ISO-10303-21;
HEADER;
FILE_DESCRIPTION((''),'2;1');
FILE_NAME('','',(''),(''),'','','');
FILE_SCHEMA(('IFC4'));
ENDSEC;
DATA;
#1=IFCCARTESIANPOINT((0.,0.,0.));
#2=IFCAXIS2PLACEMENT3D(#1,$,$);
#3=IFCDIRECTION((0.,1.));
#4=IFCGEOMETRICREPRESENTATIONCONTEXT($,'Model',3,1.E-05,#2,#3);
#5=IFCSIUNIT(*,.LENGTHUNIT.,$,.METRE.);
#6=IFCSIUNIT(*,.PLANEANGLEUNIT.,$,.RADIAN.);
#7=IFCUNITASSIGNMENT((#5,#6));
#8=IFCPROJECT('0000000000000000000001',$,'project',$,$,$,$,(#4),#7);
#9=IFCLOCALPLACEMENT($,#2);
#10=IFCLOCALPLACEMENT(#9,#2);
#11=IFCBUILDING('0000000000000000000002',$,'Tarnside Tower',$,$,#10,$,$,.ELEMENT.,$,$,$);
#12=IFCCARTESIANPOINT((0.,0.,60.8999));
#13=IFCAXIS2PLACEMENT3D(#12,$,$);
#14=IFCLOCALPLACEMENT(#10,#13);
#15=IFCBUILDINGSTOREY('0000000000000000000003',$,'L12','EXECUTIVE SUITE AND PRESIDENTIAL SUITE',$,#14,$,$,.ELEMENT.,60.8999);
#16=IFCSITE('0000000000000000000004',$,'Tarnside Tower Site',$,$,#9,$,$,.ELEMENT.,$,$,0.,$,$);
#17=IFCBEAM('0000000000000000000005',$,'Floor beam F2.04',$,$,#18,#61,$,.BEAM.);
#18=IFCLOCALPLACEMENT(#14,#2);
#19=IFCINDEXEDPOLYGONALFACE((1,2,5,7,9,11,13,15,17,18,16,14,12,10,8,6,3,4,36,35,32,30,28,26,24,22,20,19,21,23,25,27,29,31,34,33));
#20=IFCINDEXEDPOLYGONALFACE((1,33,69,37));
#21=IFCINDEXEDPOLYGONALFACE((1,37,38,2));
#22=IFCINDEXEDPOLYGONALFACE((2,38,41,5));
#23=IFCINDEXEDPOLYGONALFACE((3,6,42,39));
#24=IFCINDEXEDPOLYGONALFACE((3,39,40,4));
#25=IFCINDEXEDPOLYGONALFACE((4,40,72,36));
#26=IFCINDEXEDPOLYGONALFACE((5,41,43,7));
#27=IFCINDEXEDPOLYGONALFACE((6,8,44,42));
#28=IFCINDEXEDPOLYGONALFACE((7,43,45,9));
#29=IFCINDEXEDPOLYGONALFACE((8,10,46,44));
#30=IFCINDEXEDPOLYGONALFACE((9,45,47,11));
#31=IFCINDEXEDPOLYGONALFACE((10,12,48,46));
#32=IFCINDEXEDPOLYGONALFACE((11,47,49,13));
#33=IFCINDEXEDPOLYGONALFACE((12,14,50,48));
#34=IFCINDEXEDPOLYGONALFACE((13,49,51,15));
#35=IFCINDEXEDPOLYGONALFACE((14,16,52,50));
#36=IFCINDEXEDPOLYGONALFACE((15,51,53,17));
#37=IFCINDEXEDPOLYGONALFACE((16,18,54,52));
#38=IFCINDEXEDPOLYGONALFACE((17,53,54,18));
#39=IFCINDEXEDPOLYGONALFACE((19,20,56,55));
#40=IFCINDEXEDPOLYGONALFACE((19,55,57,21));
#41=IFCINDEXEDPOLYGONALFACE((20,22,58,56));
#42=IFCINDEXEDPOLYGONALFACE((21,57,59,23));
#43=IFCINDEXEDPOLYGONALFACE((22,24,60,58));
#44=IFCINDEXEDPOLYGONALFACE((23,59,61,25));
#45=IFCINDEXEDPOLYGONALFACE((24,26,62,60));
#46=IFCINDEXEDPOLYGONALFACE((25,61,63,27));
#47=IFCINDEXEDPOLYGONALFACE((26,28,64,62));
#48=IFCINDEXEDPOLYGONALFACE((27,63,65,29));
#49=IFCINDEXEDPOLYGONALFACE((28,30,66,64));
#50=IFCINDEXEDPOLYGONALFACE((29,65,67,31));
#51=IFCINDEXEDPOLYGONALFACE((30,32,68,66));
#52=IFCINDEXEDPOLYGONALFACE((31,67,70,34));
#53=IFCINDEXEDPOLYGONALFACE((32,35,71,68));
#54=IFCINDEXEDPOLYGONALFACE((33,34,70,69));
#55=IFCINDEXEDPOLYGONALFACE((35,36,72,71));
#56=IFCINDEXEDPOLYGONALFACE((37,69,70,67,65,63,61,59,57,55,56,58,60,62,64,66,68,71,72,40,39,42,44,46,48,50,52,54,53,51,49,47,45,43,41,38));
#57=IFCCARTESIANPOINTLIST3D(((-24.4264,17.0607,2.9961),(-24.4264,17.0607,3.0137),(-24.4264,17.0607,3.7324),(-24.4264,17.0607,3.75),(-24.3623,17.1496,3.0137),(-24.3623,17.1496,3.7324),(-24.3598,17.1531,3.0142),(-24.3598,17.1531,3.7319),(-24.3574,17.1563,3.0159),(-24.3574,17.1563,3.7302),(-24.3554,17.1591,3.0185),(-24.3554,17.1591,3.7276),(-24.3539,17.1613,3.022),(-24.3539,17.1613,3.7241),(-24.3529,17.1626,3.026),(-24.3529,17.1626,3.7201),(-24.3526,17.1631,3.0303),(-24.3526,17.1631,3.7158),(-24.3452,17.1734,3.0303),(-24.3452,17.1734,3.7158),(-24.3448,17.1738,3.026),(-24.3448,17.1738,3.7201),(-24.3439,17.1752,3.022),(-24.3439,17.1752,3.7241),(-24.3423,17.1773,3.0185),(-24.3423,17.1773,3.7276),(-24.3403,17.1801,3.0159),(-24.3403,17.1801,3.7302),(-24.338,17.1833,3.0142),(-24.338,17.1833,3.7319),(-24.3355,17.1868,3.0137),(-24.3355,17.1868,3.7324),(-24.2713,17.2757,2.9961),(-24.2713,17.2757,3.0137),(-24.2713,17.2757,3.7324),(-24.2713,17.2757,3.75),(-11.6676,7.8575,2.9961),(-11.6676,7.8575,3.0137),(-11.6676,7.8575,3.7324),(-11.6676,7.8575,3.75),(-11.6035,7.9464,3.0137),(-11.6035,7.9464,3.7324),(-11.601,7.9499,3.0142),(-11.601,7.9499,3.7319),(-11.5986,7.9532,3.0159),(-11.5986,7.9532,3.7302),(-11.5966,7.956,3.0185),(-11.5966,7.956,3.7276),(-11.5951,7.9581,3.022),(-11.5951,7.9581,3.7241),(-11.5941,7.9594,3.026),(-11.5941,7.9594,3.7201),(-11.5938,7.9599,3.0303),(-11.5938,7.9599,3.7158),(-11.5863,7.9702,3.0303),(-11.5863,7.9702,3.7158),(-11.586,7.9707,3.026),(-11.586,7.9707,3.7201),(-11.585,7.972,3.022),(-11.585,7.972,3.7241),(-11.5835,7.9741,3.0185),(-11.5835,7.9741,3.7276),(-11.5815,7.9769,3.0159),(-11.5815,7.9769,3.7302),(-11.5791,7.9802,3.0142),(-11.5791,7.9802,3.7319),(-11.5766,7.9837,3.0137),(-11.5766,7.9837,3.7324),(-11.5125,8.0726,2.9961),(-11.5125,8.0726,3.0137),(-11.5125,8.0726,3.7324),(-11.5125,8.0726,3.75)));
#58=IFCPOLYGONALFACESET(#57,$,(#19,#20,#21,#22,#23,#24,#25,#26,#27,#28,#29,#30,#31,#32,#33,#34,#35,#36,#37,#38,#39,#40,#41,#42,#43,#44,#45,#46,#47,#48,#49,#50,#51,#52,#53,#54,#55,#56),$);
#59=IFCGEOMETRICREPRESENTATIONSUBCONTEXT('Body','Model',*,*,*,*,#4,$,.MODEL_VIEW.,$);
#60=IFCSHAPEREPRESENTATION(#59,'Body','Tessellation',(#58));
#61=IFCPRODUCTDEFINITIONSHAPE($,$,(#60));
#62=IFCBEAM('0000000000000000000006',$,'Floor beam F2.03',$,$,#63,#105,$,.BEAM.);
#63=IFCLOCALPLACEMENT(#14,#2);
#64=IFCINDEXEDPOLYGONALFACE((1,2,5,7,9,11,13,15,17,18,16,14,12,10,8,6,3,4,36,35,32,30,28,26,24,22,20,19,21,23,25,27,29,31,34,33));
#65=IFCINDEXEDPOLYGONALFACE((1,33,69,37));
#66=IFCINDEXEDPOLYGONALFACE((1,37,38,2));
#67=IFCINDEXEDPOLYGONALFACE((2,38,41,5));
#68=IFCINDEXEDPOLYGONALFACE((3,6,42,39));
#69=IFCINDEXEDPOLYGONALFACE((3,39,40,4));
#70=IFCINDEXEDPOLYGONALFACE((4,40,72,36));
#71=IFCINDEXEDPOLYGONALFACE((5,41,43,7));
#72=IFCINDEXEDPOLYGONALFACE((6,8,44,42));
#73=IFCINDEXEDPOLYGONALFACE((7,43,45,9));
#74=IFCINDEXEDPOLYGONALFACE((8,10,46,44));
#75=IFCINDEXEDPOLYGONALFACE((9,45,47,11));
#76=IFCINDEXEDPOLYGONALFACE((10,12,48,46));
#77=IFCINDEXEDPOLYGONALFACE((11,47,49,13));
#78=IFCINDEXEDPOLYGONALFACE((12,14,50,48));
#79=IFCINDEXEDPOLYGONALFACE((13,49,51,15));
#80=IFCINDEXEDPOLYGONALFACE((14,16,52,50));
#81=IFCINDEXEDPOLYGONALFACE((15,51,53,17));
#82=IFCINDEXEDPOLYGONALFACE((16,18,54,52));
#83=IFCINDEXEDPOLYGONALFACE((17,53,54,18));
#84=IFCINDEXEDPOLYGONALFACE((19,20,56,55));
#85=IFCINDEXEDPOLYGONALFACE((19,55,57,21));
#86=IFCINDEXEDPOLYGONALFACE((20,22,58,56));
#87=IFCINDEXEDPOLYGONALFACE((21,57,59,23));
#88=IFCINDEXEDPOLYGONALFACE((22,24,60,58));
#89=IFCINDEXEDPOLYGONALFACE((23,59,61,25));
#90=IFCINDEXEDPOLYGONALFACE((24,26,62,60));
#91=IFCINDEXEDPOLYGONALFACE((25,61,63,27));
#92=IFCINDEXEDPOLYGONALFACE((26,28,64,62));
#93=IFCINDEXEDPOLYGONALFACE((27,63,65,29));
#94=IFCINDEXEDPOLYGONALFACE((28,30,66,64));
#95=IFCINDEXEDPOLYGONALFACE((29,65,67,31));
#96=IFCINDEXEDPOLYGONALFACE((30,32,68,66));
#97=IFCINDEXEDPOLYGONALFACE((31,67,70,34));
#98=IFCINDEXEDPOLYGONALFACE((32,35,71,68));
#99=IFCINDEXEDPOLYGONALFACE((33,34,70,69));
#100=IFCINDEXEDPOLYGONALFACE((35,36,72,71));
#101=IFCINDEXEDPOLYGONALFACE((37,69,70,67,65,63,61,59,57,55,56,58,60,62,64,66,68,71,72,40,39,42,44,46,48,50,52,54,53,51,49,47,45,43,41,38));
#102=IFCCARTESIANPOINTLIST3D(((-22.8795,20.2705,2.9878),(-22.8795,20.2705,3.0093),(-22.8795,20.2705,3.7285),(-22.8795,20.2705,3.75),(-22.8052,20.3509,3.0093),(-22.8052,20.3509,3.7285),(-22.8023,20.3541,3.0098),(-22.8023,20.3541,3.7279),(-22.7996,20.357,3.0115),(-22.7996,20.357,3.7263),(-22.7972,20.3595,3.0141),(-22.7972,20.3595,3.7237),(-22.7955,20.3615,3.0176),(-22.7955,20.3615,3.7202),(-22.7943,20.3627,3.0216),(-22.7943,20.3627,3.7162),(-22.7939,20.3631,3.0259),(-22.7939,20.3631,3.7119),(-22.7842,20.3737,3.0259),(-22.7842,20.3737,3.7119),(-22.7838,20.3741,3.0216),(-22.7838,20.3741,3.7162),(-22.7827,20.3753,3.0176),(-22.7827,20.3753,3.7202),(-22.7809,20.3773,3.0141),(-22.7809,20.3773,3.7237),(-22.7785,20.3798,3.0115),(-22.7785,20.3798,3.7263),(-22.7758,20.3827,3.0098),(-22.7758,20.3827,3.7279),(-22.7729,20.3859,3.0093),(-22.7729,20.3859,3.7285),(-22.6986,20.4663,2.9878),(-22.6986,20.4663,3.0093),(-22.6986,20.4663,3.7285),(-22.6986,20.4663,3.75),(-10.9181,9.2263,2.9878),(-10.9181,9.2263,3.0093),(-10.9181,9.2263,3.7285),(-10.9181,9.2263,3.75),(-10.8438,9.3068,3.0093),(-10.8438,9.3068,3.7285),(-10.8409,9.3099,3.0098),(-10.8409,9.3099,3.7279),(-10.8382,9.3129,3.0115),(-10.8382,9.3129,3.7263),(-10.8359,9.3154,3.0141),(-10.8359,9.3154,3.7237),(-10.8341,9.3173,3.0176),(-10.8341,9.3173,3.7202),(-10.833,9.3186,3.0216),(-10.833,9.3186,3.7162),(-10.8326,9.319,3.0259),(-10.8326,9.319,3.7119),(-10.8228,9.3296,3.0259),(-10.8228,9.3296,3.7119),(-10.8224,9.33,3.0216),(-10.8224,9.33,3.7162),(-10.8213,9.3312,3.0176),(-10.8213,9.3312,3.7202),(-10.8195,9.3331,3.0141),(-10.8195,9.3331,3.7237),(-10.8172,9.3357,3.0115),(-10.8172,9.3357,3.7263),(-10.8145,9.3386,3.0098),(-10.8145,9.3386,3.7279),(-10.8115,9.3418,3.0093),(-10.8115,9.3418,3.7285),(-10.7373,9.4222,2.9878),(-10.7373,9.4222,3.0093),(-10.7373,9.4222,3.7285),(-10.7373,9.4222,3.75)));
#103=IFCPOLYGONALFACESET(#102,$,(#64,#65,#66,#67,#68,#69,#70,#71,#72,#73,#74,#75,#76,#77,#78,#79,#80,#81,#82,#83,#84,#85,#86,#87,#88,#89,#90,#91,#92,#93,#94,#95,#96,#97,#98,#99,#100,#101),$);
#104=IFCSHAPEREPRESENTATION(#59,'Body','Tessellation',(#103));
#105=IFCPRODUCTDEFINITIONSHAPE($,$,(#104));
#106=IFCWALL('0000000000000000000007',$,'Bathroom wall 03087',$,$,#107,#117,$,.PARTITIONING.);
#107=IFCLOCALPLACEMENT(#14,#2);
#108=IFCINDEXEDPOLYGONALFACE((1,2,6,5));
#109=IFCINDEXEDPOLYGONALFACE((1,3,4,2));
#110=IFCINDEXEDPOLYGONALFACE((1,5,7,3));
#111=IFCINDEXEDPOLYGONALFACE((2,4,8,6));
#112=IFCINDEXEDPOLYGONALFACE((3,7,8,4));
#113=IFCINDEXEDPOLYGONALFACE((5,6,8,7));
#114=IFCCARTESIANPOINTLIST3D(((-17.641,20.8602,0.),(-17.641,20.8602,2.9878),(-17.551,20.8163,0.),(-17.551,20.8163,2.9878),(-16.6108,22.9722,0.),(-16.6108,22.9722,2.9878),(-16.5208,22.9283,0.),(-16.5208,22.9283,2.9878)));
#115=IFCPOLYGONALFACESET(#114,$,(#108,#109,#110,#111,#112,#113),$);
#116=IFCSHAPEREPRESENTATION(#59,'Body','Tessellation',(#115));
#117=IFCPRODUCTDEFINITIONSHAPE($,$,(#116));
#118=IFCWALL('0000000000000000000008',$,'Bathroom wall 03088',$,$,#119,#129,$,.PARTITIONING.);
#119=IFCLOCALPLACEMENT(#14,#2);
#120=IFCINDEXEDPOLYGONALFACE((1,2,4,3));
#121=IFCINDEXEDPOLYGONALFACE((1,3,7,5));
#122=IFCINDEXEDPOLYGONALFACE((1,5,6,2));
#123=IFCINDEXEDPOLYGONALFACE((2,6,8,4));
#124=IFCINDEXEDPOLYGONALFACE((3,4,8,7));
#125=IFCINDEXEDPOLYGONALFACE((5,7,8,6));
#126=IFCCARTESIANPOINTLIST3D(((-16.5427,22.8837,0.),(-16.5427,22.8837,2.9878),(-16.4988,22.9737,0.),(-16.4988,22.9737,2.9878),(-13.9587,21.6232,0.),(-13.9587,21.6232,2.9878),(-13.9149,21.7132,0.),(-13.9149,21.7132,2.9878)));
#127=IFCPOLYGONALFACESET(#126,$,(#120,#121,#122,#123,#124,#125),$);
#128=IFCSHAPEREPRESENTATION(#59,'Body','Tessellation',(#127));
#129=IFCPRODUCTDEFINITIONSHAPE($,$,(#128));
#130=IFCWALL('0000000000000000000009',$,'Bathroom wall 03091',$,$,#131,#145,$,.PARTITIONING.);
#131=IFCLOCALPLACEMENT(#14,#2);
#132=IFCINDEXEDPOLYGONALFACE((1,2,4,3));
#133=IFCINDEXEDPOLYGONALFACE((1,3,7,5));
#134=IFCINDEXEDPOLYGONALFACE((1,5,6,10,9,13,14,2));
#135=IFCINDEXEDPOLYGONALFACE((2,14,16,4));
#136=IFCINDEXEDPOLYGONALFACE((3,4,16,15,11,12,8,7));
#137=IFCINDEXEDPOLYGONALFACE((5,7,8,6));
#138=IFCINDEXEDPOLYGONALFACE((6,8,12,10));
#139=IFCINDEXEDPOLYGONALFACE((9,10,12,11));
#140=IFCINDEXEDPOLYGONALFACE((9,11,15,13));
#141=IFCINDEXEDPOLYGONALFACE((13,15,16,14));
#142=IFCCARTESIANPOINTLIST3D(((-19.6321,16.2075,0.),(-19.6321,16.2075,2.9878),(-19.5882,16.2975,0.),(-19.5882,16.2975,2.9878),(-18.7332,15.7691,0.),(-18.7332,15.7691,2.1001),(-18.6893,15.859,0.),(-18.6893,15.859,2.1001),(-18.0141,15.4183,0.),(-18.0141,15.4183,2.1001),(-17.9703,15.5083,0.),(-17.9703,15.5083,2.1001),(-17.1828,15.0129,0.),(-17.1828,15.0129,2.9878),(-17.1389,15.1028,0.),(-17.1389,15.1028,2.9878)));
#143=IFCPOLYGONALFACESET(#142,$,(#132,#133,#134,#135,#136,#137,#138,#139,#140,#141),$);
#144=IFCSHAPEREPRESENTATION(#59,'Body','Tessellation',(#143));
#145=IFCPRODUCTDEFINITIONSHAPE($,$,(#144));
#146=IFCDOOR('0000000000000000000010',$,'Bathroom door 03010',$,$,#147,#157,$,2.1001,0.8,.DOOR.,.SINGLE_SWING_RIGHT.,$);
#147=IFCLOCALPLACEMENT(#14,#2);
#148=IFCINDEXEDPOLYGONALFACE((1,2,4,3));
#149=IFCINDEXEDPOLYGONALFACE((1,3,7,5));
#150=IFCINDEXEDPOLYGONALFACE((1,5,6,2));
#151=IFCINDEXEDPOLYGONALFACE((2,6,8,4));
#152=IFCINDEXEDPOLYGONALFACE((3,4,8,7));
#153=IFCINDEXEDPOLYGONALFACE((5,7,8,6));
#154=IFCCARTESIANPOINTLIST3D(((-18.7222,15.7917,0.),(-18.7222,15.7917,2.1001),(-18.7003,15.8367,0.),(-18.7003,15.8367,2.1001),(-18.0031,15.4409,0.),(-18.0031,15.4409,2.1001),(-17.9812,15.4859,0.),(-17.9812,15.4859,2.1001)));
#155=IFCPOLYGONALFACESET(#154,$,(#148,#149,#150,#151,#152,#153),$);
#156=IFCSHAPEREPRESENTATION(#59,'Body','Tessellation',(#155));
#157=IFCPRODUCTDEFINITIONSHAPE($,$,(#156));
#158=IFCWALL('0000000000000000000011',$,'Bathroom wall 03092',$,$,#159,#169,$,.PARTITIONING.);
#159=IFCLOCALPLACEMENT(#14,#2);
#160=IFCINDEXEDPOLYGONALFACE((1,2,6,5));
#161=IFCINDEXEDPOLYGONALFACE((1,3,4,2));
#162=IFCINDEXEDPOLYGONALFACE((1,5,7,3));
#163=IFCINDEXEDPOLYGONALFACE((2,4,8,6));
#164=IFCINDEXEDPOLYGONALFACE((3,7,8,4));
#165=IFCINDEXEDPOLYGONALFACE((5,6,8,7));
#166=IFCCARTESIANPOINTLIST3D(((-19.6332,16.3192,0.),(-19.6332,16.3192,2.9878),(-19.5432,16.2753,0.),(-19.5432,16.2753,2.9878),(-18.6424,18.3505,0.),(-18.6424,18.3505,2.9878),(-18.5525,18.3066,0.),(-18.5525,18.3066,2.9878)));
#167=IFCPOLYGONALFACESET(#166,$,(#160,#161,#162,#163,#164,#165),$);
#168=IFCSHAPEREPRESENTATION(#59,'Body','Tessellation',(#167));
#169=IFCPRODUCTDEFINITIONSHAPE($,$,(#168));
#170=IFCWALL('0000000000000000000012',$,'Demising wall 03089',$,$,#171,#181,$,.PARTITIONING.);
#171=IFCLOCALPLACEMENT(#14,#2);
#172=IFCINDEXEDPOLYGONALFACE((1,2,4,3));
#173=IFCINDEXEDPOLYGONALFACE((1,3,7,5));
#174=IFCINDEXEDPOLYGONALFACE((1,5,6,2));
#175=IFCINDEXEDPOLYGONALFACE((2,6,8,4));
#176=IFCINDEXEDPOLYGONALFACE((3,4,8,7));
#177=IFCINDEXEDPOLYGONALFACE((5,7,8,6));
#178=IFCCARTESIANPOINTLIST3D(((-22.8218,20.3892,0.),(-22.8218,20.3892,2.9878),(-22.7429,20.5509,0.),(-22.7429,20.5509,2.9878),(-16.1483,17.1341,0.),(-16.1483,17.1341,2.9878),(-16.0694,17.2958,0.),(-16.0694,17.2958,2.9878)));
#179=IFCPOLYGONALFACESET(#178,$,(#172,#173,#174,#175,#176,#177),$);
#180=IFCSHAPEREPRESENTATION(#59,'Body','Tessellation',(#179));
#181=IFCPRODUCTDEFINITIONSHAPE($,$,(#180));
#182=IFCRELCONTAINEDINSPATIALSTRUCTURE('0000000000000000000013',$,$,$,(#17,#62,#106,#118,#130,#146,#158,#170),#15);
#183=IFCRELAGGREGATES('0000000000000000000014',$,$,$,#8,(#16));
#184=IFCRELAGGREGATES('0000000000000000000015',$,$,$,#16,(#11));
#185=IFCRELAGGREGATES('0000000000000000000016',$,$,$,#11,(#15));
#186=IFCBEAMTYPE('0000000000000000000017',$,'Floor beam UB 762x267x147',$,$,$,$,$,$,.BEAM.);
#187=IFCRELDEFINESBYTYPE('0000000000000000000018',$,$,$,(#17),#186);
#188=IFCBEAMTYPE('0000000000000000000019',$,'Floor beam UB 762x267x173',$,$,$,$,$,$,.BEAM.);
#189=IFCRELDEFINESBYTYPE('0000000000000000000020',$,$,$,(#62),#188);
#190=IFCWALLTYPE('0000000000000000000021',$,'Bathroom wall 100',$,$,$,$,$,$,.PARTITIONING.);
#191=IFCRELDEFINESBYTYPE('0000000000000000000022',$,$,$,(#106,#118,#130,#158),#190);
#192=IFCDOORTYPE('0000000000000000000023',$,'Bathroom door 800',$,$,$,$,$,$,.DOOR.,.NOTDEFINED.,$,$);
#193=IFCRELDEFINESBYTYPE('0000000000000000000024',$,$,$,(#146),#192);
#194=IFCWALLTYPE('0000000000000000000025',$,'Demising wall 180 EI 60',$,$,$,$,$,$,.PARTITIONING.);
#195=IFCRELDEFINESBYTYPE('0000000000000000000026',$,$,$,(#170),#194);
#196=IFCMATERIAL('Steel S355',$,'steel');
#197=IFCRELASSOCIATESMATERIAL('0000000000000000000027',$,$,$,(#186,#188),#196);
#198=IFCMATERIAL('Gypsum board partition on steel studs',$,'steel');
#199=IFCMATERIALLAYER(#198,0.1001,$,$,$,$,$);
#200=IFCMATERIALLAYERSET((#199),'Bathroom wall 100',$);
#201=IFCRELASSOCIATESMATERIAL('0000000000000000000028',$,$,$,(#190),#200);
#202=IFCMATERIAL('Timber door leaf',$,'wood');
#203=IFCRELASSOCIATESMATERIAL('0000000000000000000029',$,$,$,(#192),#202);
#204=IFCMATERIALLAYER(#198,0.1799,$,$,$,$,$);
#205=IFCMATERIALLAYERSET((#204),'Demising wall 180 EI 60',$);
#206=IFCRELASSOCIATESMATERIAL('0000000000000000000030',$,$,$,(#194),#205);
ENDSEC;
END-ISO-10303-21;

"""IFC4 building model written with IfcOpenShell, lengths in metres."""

from ifc_helpers import new_model, si_unit, direction, frame, frame_2d, origin, origin_2d, place, context, subcontext, project, spatial, rectangle, i_section, extrude, material, layer, layer_set, material_profile, profile_set, type_object, element, fill, save


model = new_model("IFC4")

# Units and contexts
model_context = context("Model", 3, precision=1e-05, world=origin(), true_north=direction((0.0, 1.0)))
body_context = subcontext(model_context, "Body", "Model", "MODEL_VIEW")
ifc_project = project(units=[si_unit("LENGTHUNIT", "METRE"), si_unit("PLANEANGLEUNIT", "RADIAN")], contexts=[model_context])

# Site, building, storey
site_placement = place(None, origin())
site = spatial("IfcSite", under=ifc_project, at=site_placement, Name="Tarnside Tower Site", CompositionType="ELEMENT", RefElevation=0.0)
building_placement = place(site_placement, origin())
building = spatial("IfcBuilding", under=site, at=building_placement, Name="Tarnside Tower", CompositionType="ELEMENT")
storey_placement = place(building_placement, frame((0.0, 0.0, 60.8999)))
storey = spatial("IfcBuildingStorey", under=building, at=storey_placement, Name="L12", Description="EXECUTIVE SUITE AND PRESIDENTIAL SUITE", CompositionType="ELEMENT", Elevation=60.8999)

# Beams
ifc_material_1 = material(Name="Steel S355", Category="steel")
ifc_material_profile_1 = material_profile(ifc_material_1, i_section(OverallWidth=0.2651, OverallDepth=0.7539, WebThickness=0.0127, FlangeThickness=0.0176, FilletRadius=0.0166, at=origin_2d()), Name="UB 762x267x147")
ifc_profile_set_1 = profile_set([ifc_material_profile_1], Name="Steel S355")
beam_type_1 = type_object("IfcBeamType", Name="Floor beam UB 762x267x147", PredefinedType="BEAM", material=ifc_profile_set_1)
beam_1_placement = place(storey_placement, frame((-24.3489, 17.1682, 3.373), z_axis=(0.811028, -0.585008, 0.0), x_axis=(0.585008, 0.811028, 0.0)))
element("IfcBeam", 1, at=beam_1_placement, inside=storey, type_object=beam_type_1, Name="Floor beam F2.04", PredefinedType="BEAM", context=body_context, shape_type="SweptSolid", body=[
    extrude(i_section(OverallWidth=0.2651, OverallDepth=0.7539, WebThickness=0.0127, FlangeThickness=0.0176, FilletRadius=0.0166, at=origin_2d()), origin(), (0.0, 0.0, 1.0), 15.7317),
])
ifc_material_profile_2 = material_profile(ifc_material_1, i_section(OverallWidth=0.2666, OverallDepth=0.7622, WebThickness=0.0144, FlangeThickness=0.0215, FilletRadius=0.0166, at=origin_2d()), Name="UB 762x267x173")
ifc_profile_set_2 = profile_set([ifc_material_profile_2], Name="Steel S355")
beam_type_2 = type_object("IfcBeamType", Name="Floor beam UB 762x267x173", PredefinedType="BEAM", material=ifc_profile_set_2)
beam_2_placement = place(storey_placement, frame((-22.7891, 20.3684, 3.3689), z_axis=(0.734715, -0.678375, 0.0), x_axis=(0.678375, 0.734715, 0.0)))
element("IfcBeam", 2, at=beam_2_placement, inside=storey, type_object=beam_type_2, Name="Floor beam F2.03", PredefinedType="BEAM", context=body_context, shape_type="SweptSolid", body=[
    extrude(i_section(OverallWidth=0.2666, OverallDepth=0.7622, WebThickness=0.0144, FlangeThickness=0.0215, FilletRadius=0.0166, at=origin_2d()), origin(), (0.0, 0.0, 1.0), 16.2803),
])

# Walls
ifc_material_2 = material(Name="Gypsum board partition on steel studs", Category="steel")
ifc_layer_1 = layer(ifc_material_2, 0.1001)
ifc_layer_set_1 = layer_set([ifc_layer_1], Name="Bathroom wall 100")
wall_type_1 = type_object("IfcWallType", Name="Bathroom wall 100", PredefinedType="PARTITIONING", material=ifc_layer_set_1)
wall_1_placement = place(storey_placement, frame((-17.5959, 20.8384, 0.0), z_axis=(0.0, 0.0, 1.0), x_axis=(0.438424, 0.898768, 0.0)))
element("IfcWall", 3, at=wall_1_placement, inside=storey, type_object=wall_type_1, Name="Bathroom wall 03087", PredefinedType="PARTITIONING", context=body_context, shape_type="SweptSolid", body=[
    extrude(rectangle(XDim=2.3499, YDim=0.1001, at=frame_2d((1.1748, 0.0))), origin(), (0.0, 0.0, 1.0), 2.9878),
])
wall_2_placement = place(storey_placement, frame((-16.5208, 22.9287, 0.0), z_axis=(0.0, 0.0, 1.0), x_axis=(0.898766, -0.438429, 0.0)))
element("IfcWall", 4, at=wall_2_placement, inside=storey, type_object=wall_type_1, Name="Bathroom wall 03088", PredefinedType="PARTITIONING", context=body_context, shape_type="SweptSolid", body=[
    extrude(rectangle(XDim=2.875, YDim=0.1001, at=frame_2d((1.4375, 0.0))), origin(), (0.0, 0.0, 1.0), 2.9878),
])

# Wall, opening, door
wall_3_placement = place(storey_placement, frame((-17.1609, 15.0579, 0.0), z_axis=(0.0, 0.0, 1.0), x_axis=(-0.898792, 0.438376, 0.0)))
wall_3 = element("IfcWall", 5, at=wall_3_placement, inside=storey, type_object=wall_type_1, Name="Bathroom wall 03091", PredefinedType="PARTITIONING", context=body_context, shape_type="SweptSolid", body=[
    extrude(rectangle(XDim=2.7251, YDim=0.1001, at=frame_2d((1.3625, 0.0))), origin(), (0.0, 0.0, 1.0), 2.9878),
])
opening_placement = place(wall_3_placement, frame((0.925, 0.0, 0.0)))
opening = element("IfcOpeningElement", 6, at=opening_placement, cuts=wall_3, PredefinedType="OPENING", context=body_context, shape_type="SweptSolid", body=[
    extrude(rectangle(XDim=0.8, YDim=2.1001, at=frame_2d((0.3999, 1.05))), frame((0.0, 0.0601, 0.0), z_axis=(0.0, -1.0, 0.0), x_axis=(1.0, 0.0, 0.0)), (0.0, 0.0, 1.0), 0.1201),
])
ifc_material_3 = material(Name="Timber door leaf", Category="wood")
door_type = type_object("IfcDoorType", Name="Bathroom door 800", OperationType="NOTDEFINED", PredefinedType="DOOR", material=ifc_material_3)
door_placement = place(opening_placement, origin())
door = element("IfcDoor", 7, at=door_placement, inside=storey, type_object=door_type, Name="Bathroom door 03010", OperationType="SINGLE_SWING_RIGHT", OverallHeight=2.1001, OverallWidth=0.8, PredefinedType="DOOR", context=body_context, shape_type="SweptSolid", body=[
    extrude(rectangle(XDim=0.8, YDim=2.1001, at=frame_2d((0.3999, 1.05))), frame((0.0, 0.0249, 0.0), z_axis=(0.0, -1.0, 0.0), x_axis=(1.0, 0.0, 0.0)), (0.0, 0.0, 1.0), 0.05),
])
fill(opening, door)

# Walls
wall_4_placement = place(storey_placement, frame((-19.5881, 16.2974, 0.0), z_axis=(0.0, 0.0, 1.0), x_axis=(0.438377, 0.898791, 0.0)))
element("IfcWall", 8, at=wall_4_placement, inside=storey, type_object=wall_type_1, Name="Bathroom wall 03092", PredefinedType="PARTITIONING", context=body_context, shape_type="SweptSolid", body=[
    extrude(rectangle(XDim=2.26, YDim=0.1001, at=frame_2d((1.1299, 0.0))), origin(), (0.0, 0.0, 1.0), 2.9878),
])
ifc_layer_2 = layer(ifc_material_2, 0.1799)
ifc_layer_set_2 = layer_set([ifc_layer_2], Name="Demising wall 180 EI 60")
wall_type_2 = type_object("IfcWallType", Name="Demising wall 180 EI 60", PredefinedType="PARTITIONING", material=ifc_layer_set_2)
wall_5_placement = place(storey_placement, frame((-22.7822, 20.47, 0.0), z_axis=(0.0, 0.0, 1.0), x_axis=(0.898783, -0.438393, 0.0)))
element("IfcWall", 9, at=wall_5_placement, inside=storey, type_object=wall_type_2, Name="Demising wall 03089", PredefinedType="PARTITIONING", context=body_context, shape_type="SweptSolid", body=[
    extrude(rectangle(XDim=7.425, YDim=0.1799, at=frame_2d((3.7124, 0.0))), origin(), (0.0, 0.0, 1.0), 2.9878),
])

save(model, "model.ifc")
